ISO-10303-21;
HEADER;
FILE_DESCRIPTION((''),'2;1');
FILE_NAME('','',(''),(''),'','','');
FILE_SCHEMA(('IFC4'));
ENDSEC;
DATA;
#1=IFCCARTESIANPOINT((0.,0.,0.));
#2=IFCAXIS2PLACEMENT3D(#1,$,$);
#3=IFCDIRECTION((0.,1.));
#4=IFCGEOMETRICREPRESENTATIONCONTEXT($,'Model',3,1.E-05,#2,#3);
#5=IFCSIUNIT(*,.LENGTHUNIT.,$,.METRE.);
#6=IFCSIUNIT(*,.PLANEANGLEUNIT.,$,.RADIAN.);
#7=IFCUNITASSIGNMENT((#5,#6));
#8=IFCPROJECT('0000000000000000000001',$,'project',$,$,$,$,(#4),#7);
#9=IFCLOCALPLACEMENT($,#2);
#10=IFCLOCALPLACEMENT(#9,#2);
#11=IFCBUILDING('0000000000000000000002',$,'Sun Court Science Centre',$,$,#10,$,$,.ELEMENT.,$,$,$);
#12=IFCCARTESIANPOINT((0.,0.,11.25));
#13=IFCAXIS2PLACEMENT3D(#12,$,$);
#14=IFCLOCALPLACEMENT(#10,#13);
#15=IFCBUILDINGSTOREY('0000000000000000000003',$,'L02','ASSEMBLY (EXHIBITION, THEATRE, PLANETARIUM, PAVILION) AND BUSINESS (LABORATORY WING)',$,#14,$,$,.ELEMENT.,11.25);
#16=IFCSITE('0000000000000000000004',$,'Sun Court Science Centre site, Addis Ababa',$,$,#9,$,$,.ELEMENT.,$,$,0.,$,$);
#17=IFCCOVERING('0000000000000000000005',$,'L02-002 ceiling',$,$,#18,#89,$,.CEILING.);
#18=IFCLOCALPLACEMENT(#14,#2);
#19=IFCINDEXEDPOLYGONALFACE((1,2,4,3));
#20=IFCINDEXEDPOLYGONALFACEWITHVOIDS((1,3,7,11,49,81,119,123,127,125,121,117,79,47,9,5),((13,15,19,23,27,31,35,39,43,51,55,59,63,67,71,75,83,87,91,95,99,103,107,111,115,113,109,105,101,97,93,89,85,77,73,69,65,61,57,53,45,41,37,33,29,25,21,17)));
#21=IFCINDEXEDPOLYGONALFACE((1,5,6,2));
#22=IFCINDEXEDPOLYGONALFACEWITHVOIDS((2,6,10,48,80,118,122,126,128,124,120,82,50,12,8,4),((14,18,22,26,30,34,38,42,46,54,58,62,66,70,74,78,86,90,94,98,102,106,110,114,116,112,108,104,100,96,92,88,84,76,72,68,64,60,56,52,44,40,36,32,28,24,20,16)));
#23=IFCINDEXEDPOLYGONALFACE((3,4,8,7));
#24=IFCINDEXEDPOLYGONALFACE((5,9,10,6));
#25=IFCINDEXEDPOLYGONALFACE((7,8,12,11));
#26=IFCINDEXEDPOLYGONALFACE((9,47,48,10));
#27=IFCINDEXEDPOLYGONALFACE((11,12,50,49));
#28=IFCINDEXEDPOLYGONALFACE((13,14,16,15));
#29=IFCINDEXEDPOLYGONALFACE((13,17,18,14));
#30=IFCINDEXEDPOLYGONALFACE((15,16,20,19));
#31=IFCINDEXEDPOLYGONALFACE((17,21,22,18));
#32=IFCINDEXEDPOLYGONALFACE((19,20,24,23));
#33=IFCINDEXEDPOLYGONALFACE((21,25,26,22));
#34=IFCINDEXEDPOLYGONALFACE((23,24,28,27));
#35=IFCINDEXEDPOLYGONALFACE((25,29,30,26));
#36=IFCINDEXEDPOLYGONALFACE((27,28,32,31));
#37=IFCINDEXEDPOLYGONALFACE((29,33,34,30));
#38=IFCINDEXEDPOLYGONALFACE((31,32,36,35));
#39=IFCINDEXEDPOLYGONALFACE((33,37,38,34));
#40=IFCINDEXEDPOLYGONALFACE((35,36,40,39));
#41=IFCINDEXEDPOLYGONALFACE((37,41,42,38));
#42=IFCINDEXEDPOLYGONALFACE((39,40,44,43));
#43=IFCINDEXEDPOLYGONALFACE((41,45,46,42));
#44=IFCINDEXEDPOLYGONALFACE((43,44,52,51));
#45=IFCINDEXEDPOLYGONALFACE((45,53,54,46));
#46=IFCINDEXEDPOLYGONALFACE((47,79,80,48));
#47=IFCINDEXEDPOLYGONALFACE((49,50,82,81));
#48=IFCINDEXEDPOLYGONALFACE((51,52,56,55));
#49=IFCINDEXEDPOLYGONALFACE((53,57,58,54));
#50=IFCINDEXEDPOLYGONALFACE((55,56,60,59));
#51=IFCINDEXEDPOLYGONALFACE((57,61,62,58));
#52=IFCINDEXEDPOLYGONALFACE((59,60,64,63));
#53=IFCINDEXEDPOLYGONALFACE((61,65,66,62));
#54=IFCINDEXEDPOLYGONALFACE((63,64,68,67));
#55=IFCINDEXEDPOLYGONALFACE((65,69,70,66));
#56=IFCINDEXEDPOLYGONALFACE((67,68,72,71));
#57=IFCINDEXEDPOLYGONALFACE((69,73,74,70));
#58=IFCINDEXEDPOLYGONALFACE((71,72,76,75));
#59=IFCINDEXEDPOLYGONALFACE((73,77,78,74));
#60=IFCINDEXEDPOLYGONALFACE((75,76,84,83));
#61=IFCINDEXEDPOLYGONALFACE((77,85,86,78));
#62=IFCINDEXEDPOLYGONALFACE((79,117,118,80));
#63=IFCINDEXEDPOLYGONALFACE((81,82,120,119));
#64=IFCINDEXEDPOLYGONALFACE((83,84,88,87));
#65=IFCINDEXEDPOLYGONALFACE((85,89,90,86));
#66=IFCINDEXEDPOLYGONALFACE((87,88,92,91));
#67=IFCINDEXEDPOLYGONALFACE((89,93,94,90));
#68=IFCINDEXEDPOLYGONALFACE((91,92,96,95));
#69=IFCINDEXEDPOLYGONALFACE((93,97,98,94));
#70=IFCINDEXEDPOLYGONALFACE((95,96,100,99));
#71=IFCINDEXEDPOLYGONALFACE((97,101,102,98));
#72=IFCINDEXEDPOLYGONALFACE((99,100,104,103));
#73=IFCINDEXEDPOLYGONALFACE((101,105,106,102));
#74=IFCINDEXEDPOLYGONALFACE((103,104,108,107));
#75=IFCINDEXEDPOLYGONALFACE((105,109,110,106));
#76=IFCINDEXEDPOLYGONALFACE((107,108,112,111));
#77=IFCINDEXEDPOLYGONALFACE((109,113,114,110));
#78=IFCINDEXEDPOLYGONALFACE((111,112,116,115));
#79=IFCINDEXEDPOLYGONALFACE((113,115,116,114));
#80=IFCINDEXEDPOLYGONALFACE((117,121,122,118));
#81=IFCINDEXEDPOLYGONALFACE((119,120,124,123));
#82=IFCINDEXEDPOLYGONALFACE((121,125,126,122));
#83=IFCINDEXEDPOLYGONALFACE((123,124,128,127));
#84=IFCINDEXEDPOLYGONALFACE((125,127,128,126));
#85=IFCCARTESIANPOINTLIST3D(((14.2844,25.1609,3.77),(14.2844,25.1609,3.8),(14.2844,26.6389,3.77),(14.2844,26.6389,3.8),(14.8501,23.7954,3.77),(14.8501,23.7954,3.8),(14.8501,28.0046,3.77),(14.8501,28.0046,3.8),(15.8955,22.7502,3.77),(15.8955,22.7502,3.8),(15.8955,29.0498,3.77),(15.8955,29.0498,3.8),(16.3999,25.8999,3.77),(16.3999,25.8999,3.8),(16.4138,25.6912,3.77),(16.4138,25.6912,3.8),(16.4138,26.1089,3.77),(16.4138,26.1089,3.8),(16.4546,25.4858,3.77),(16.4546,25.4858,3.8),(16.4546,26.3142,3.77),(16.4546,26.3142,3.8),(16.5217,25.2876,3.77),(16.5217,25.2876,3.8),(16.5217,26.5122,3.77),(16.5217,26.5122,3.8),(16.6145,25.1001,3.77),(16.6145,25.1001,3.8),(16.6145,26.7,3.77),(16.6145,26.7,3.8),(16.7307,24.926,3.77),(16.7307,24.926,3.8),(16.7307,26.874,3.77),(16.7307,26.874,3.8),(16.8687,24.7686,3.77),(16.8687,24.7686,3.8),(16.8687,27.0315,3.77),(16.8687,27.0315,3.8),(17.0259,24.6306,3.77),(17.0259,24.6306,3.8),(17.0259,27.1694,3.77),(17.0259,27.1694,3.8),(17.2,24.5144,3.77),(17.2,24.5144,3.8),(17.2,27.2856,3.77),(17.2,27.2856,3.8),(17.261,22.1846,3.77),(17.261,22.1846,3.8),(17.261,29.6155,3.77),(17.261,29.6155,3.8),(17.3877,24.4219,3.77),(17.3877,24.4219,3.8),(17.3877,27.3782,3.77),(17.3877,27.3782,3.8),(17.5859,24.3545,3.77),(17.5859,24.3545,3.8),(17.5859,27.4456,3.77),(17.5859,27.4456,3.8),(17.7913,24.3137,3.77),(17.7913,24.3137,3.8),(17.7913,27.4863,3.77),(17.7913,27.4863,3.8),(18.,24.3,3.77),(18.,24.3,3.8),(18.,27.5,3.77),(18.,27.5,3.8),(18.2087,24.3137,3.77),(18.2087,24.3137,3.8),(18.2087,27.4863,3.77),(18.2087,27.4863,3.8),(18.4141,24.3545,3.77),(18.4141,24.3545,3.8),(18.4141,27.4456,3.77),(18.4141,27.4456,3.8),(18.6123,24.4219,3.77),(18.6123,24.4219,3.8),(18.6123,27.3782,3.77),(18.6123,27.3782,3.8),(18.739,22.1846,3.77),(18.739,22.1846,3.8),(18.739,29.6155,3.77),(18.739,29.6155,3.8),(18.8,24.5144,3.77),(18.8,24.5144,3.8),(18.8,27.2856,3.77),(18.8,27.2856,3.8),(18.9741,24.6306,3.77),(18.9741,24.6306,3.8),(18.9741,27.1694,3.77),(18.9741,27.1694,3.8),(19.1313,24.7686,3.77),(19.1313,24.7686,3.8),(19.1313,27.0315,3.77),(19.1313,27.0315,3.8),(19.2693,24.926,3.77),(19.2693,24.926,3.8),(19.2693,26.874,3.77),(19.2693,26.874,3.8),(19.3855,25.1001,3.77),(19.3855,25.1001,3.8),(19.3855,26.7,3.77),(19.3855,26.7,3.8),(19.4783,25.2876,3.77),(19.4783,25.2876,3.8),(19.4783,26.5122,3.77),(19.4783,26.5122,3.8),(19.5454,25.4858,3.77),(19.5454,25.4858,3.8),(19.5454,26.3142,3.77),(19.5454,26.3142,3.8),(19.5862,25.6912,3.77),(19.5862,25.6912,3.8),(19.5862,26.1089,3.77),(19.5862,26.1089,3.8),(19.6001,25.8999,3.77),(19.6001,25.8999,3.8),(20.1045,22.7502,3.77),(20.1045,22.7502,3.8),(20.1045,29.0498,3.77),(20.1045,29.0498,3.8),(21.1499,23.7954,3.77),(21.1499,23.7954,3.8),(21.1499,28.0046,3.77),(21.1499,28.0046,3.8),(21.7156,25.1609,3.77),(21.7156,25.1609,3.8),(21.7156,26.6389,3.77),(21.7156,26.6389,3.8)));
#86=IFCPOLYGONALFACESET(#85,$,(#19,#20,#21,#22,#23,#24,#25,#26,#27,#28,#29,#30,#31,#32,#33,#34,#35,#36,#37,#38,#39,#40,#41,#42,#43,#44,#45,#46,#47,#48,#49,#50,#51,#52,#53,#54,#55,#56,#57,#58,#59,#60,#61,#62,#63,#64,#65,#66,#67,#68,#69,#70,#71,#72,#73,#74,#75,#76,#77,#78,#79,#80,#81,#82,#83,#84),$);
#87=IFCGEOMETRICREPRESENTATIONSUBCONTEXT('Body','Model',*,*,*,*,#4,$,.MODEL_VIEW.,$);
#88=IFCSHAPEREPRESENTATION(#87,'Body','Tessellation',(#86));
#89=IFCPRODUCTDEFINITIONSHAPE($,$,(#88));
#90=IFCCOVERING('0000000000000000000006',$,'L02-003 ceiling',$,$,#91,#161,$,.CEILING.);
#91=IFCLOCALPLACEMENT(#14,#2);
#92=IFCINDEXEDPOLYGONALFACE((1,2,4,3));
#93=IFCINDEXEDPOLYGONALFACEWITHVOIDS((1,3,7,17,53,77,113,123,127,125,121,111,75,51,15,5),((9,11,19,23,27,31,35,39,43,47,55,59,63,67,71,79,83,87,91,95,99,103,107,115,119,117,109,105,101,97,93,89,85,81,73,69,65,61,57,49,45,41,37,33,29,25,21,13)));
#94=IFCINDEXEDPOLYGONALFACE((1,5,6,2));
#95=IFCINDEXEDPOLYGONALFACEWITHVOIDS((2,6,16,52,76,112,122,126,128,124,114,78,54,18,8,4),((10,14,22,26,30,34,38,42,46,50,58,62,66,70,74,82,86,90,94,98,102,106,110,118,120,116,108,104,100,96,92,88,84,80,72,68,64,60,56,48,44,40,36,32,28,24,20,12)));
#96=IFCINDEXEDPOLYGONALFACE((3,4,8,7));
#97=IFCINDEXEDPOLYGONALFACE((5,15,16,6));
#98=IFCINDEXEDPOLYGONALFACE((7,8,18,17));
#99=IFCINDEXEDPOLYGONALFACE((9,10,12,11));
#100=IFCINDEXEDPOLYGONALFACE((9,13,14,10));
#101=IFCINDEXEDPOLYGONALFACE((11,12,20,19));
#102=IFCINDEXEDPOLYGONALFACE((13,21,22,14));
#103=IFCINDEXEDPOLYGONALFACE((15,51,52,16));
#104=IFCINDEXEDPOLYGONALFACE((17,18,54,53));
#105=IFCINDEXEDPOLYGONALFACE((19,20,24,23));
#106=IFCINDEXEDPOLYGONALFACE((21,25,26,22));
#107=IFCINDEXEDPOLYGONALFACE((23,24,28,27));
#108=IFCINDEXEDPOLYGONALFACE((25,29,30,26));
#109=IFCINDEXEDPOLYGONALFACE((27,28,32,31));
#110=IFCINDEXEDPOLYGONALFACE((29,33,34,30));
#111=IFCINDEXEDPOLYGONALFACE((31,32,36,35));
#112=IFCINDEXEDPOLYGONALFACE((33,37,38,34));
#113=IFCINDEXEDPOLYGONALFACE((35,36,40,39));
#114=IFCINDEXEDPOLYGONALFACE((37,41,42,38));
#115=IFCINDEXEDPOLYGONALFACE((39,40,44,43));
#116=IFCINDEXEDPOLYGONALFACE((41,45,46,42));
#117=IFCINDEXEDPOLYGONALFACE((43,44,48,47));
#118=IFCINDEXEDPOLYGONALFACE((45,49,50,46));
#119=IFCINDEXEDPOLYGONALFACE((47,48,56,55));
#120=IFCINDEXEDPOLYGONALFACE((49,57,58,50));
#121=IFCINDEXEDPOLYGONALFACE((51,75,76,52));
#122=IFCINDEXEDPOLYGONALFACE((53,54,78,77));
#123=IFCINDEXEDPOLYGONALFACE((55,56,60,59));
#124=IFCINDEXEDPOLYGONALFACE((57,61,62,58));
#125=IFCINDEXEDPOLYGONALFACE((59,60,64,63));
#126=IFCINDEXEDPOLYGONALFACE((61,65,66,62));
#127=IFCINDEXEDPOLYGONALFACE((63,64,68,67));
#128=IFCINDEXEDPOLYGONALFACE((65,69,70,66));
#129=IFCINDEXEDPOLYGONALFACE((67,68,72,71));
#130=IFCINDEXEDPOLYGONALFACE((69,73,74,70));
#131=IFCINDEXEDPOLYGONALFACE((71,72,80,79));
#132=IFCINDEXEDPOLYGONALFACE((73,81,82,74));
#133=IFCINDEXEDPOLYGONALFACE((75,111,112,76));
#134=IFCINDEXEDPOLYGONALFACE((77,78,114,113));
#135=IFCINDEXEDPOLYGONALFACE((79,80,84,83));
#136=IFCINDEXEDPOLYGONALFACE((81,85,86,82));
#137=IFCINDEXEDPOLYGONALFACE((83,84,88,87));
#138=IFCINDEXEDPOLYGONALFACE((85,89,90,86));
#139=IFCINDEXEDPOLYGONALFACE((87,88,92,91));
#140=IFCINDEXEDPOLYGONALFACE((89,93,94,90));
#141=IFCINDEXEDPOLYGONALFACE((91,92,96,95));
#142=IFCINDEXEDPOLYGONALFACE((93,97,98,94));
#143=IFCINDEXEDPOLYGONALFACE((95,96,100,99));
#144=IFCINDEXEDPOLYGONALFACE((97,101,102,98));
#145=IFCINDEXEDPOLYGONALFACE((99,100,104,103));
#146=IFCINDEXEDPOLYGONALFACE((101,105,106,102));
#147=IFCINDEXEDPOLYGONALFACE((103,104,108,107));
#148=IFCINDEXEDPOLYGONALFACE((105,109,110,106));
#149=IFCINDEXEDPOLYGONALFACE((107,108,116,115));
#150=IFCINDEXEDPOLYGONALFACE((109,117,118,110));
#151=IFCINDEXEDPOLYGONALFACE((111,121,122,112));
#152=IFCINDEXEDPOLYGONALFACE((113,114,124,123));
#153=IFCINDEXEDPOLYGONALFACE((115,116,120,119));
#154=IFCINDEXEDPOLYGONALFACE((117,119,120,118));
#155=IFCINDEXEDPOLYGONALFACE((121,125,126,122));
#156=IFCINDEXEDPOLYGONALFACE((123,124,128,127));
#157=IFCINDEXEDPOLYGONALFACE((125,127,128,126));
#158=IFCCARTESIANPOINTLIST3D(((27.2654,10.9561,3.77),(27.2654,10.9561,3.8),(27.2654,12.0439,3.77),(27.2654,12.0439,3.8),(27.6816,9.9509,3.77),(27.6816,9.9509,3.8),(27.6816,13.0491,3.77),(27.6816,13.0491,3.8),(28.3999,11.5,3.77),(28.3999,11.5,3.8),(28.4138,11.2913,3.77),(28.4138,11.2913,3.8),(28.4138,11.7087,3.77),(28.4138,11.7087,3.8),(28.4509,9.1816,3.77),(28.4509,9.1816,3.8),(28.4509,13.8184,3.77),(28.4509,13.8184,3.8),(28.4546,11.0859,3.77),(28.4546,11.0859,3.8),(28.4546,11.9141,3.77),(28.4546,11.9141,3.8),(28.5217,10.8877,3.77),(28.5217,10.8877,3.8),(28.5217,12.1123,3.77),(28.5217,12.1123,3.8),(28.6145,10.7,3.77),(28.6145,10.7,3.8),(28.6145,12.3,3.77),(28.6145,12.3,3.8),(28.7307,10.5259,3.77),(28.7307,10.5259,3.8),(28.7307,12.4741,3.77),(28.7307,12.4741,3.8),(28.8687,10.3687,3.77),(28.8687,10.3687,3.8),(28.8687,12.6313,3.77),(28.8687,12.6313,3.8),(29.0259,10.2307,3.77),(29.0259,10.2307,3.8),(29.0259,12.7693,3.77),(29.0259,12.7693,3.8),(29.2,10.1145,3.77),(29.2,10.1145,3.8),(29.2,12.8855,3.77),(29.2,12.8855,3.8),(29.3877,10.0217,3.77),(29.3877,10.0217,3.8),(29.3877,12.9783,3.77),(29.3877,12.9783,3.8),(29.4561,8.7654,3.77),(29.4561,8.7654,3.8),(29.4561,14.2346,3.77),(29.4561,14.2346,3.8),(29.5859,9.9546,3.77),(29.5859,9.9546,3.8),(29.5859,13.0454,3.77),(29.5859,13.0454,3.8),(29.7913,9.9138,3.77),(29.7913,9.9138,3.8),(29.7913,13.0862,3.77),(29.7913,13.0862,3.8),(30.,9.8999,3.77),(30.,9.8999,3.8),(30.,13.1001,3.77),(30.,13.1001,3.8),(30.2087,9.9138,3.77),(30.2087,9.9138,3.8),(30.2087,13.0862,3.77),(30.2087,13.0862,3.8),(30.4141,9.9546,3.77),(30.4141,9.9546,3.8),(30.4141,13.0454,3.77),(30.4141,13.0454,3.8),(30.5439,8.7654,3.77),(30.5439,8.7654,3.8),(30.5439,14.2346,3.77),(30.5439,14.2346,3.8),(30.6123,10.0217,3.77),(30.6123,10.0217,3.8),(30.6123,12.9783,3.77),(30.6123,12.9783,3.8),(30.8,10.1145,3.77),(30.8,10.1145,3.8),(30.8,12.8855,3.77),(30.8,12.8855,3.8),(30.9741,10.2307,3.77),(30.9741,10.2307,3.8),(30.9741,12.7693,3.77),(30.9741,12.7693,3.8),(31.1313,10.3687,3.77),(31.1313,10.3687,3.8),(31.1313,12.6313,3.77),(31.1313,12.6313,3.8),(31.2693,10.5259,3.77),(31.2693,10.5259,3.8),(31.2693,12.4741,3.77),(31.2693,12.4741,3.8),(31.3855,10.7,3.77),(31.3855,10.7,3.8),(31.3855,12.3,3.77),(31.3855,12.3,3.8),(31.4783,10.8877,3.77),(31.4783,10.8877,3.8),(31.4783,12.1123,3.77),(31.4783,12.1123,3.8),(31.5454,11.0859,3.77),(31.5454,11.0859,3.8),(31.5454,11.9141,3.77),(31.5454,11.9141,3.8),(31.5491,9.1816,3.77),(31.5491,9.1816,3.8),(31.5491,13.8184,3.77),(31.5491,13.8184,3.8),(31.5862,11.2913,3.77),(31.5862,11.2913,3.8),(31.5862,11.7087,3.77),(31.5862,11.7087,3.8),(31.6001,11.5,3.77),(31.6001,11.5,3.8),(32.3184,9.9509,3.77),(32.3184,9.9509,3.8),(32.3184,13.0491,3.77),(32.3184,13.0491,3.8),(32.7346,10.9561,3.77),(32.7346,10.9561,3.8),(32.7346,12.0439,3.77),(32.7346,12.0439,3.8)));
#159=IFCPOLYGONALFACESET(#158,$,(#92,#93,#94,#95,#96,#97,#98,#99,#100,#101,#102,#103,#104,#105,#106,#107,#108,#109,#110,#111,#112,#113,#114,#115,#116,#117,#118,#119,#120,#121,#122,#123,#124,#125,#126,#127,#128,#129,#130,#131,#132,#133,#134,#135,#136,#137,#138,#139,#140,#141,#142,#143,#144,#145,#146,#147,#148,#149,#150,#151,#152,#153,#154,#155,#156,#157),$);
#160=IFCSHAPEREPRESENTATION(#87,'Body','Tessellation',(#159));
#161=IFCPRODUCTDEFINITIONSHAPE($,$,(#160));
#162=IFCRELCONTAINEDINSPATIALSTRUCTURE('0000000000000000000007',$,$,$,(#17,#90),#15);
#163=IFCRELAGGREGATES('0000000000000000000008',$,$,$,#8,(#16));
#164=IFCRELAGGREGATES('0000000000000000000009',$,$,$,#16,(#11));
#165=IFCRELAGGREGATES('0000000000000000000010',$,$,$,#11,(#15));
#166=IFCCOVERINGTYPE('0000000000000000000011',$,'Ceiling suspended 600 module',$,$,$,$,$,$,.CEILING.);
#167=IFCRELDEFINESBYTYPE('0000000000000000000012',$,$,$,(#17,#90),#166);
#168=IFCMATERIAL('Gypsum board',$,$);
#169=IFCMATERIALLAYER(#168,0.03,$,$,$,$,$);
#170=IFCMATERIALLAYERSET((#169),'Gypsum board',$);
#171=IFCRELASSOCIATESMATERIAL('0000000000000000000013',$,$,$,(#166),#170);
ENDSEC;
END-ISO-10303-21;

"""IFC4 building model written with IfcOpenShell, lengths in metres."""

from ifc_helpers import new_model, si_unit, direction, frame, origin, place, context, subcontext, project, spatial, polyline, outline, extrude, material, layer, layer_set, type_object, element, save


model = new_model("IFC4")

# Units and contexts
model_context = context("Model", 3, precision=1e-05, world=origin(), true_north=direction((0.0, 1.0)))
body_context = subcontext(model_context, "Body", "Model", "MODEL_VIEW")
ifc_project = project(units=[si_unit("LENGTHUNIT", "METRE"), si_unit("PLANEANGLEUNIT", "RADIAN")], contexts=[model_context])

# Site, building, storey
site_placement = place(None, origin())
site = spatial("IfcSite", under=ifc_project, at=site_placement, Name="Sun Court Science Centre site, Addis Ababa", CompositionType="ELEMENT", RefElevation=0.0)
building_placement = place(site_placement, origin())
building = spatial("IfcBuilding", under=site, at=building_placement, Name="Sun Court Science Centre", CompositionType="ELEMENT")
storey_placement = place(building_placement, frame((0.0, 0.0, 11.25)))
storey = spatial("IfcBuildingStorey", under=building, at=storey_placement, Name="L02", Description="ASSEMBLY (EXHIBITION, THEATRE, PLANETARIUM, PAVILION) AND BUSINESS (LABORATORY WING)", CompositionType="ELEMENT", Elevation=11.25)

# Coverings
ifc_material_1 = material(Name="Gypsum board")
ifc_layer_1 = layer(ifc_material_1, 0.03)
ifc_layer_set_1 = layer_set([ifc_layer_1], Name="Gypsum board")
covering_type_1 = type_object("IfcCoveringType", Name="Ceiling suspended 600 module", PredefinedType="CEILING", material=ifc_layer_set_1)
covering_1_placement = place(storey_placement, frame((0.0, 0.0, 3.77)))
element("IfcCovering", 1, at=covering_1_placement, inside=storey, type_object=covering_type_1, Name="L02-002 ceiling", PredefinedType="CEILING", context=body_context, shape_type="SweptSolid", body=[
    extrude(outline(polyline([(21.1499, 23.7954), (20.1045, 22.7502), (18.739, 22.1846), (17.261, 22.1846), (15.8955, 22.7502), (14.8501, 23.7954), (14.2844, 25.1609), (14.2844, 26.6389), (14.8501, 28.0046), (15.8955, 29.0498), (17.261, 29.6155), (18.739, 29.6155), (20.1045, 29.0498), (21.1499, 28.0046), (21.7156, 26.6389), (21.7156, 25.1609), (21.1499, 23.7954)]), holes=[polyline([(19.4783, 26.5122), (19.3855, 26.7), (19.2693, 26.874), (19.1313, 27.0315), (18.9741, 27.1694), (18.8, 27.2856), (18.6123, 27.3782), (18.4141, 27.4456), (18.2087, 27.4863), (18.0, 27.5), (17.7913, 27.4863), (17.5859, 27.4456), (17.3877, 27.3782), (17.2, 27.2856), (17.0259, 27.1694), (16.8687, 27.0315), (16.7307, 26.874), (16.6145, 26.7), (16.5217, 26.5122), (16.4546, 26.3142), (16.4138, 26.1089), (16.3999, 25.8999), (16.4138, 25.6912), (16.4546, 25.4858), (16.5217, 25.2876), (16.6145, 25.1001), (16.7307, 24.926), (16.8687, 24.7686), (17.0259, 24.6306), (17.2, 24.5144), (17.3877, 24.4219), (17.5859, 24.3545), (17.7913, 24.3137), (18.0, 24.3), (18.2087, 24.3137), (18.4141, 24.3545), (18.6123, 24.4219), (18.8, 24.5144), (18.9741, 24.6306), (19.1313, 24.7686), (19.2693, 24.926), (19.3855, 25.1001), (19.4783, 25.2876), (19.5454, 25.4858), (19.5862, 25.6912), (19.6001, 25.8999), (19.5862, 26.1089), (19.5454, 26.3142), (19.4783, 26.5122)])]), origin(), (0.0, 0.0, 1.0), 0.03),
])
covering_2_placement = place(storey_placement, frame((0.0, 0.0, 3.77)))
element("IfcCovering", 2, at=covering_2_placement, inside=storey, type_object=covering_type_1, Name="L02-003 ceiling", PredefinedType="CEILING", context=body_context, shape_type="SweptSolid", body=[
    extrude(outline(polyline([(32.3184, 9.9509), (31.5491, 9.1816), (30.5439, 8.7654), (29.4561, 8.7654), (28.4509, 9.1816), (27.6816, 9.9509), (27.2654, 10.9561), (27.2654, 12.0439), (27.6816, 13.0491), (28.4509, 13.8184), (29.4561, 14.2346), (30.5439, 14.2346), (31.5491, 13.8184), (32.3184, 13.0491), (32.7346, 12.0439), (32.7346, 10.9561), (32.3184, 9.9509)]), holes=[polyline([(31.4783, 12.1123), (31.3855, 12.3), (31.2693, 12.4741), (31.1313, 12.6313), (30.9741, 12.7693), (30.8, 12.8855), (30.6123, 12.9783), (30.4141, 13.0454), (30.2087, 13.0862), (30.0, 13.1001), (29.7913, 13.0862), (29.5859, 13.0454), (29.3877, 12.9783), (29.2, 12.8855), (29.0259, 12.7693), (28.8687, 12.6313), (28.7307, 12.4741), (28.6145, 12.3), (28.5217, 12.1123), (28.4546, 11.9141), (28.4138, 11.7087), (28.3999, 11.5), (28.4138, 11.2913), (28.4546, 11.0859), (28.5217, 10.8877), (28.6145, 10.7), (28.7307, 10.5259), (28.8687, 10.3687), (29.0259, 10.2307), (29.2, 10.1145), (29.3877, 10.0217), (29.5859, 9.9546), (29.7913, 9.9138), (30.0, 9.8999), (30.2087, 9.9138), (30.4141, 9.9546), (30.6123, 10.0217), (30.8, 10.1145), (30.9741, 10.2307), (31.1313, 10.3687), (31.2693, 10.5259), (31.3855, 10.7), (31.4783, 10.8877), (31.5454, 11.0859), (31.5862, 11.2913), (31.6001, 11.5), (31.5862, 11.7087), (31.5454, 11.9141), (31.4783, 12.1123)])]), origin(), (0.0, 0.0, 1.0), 0.03),
])

save(model, "model.ifc")
